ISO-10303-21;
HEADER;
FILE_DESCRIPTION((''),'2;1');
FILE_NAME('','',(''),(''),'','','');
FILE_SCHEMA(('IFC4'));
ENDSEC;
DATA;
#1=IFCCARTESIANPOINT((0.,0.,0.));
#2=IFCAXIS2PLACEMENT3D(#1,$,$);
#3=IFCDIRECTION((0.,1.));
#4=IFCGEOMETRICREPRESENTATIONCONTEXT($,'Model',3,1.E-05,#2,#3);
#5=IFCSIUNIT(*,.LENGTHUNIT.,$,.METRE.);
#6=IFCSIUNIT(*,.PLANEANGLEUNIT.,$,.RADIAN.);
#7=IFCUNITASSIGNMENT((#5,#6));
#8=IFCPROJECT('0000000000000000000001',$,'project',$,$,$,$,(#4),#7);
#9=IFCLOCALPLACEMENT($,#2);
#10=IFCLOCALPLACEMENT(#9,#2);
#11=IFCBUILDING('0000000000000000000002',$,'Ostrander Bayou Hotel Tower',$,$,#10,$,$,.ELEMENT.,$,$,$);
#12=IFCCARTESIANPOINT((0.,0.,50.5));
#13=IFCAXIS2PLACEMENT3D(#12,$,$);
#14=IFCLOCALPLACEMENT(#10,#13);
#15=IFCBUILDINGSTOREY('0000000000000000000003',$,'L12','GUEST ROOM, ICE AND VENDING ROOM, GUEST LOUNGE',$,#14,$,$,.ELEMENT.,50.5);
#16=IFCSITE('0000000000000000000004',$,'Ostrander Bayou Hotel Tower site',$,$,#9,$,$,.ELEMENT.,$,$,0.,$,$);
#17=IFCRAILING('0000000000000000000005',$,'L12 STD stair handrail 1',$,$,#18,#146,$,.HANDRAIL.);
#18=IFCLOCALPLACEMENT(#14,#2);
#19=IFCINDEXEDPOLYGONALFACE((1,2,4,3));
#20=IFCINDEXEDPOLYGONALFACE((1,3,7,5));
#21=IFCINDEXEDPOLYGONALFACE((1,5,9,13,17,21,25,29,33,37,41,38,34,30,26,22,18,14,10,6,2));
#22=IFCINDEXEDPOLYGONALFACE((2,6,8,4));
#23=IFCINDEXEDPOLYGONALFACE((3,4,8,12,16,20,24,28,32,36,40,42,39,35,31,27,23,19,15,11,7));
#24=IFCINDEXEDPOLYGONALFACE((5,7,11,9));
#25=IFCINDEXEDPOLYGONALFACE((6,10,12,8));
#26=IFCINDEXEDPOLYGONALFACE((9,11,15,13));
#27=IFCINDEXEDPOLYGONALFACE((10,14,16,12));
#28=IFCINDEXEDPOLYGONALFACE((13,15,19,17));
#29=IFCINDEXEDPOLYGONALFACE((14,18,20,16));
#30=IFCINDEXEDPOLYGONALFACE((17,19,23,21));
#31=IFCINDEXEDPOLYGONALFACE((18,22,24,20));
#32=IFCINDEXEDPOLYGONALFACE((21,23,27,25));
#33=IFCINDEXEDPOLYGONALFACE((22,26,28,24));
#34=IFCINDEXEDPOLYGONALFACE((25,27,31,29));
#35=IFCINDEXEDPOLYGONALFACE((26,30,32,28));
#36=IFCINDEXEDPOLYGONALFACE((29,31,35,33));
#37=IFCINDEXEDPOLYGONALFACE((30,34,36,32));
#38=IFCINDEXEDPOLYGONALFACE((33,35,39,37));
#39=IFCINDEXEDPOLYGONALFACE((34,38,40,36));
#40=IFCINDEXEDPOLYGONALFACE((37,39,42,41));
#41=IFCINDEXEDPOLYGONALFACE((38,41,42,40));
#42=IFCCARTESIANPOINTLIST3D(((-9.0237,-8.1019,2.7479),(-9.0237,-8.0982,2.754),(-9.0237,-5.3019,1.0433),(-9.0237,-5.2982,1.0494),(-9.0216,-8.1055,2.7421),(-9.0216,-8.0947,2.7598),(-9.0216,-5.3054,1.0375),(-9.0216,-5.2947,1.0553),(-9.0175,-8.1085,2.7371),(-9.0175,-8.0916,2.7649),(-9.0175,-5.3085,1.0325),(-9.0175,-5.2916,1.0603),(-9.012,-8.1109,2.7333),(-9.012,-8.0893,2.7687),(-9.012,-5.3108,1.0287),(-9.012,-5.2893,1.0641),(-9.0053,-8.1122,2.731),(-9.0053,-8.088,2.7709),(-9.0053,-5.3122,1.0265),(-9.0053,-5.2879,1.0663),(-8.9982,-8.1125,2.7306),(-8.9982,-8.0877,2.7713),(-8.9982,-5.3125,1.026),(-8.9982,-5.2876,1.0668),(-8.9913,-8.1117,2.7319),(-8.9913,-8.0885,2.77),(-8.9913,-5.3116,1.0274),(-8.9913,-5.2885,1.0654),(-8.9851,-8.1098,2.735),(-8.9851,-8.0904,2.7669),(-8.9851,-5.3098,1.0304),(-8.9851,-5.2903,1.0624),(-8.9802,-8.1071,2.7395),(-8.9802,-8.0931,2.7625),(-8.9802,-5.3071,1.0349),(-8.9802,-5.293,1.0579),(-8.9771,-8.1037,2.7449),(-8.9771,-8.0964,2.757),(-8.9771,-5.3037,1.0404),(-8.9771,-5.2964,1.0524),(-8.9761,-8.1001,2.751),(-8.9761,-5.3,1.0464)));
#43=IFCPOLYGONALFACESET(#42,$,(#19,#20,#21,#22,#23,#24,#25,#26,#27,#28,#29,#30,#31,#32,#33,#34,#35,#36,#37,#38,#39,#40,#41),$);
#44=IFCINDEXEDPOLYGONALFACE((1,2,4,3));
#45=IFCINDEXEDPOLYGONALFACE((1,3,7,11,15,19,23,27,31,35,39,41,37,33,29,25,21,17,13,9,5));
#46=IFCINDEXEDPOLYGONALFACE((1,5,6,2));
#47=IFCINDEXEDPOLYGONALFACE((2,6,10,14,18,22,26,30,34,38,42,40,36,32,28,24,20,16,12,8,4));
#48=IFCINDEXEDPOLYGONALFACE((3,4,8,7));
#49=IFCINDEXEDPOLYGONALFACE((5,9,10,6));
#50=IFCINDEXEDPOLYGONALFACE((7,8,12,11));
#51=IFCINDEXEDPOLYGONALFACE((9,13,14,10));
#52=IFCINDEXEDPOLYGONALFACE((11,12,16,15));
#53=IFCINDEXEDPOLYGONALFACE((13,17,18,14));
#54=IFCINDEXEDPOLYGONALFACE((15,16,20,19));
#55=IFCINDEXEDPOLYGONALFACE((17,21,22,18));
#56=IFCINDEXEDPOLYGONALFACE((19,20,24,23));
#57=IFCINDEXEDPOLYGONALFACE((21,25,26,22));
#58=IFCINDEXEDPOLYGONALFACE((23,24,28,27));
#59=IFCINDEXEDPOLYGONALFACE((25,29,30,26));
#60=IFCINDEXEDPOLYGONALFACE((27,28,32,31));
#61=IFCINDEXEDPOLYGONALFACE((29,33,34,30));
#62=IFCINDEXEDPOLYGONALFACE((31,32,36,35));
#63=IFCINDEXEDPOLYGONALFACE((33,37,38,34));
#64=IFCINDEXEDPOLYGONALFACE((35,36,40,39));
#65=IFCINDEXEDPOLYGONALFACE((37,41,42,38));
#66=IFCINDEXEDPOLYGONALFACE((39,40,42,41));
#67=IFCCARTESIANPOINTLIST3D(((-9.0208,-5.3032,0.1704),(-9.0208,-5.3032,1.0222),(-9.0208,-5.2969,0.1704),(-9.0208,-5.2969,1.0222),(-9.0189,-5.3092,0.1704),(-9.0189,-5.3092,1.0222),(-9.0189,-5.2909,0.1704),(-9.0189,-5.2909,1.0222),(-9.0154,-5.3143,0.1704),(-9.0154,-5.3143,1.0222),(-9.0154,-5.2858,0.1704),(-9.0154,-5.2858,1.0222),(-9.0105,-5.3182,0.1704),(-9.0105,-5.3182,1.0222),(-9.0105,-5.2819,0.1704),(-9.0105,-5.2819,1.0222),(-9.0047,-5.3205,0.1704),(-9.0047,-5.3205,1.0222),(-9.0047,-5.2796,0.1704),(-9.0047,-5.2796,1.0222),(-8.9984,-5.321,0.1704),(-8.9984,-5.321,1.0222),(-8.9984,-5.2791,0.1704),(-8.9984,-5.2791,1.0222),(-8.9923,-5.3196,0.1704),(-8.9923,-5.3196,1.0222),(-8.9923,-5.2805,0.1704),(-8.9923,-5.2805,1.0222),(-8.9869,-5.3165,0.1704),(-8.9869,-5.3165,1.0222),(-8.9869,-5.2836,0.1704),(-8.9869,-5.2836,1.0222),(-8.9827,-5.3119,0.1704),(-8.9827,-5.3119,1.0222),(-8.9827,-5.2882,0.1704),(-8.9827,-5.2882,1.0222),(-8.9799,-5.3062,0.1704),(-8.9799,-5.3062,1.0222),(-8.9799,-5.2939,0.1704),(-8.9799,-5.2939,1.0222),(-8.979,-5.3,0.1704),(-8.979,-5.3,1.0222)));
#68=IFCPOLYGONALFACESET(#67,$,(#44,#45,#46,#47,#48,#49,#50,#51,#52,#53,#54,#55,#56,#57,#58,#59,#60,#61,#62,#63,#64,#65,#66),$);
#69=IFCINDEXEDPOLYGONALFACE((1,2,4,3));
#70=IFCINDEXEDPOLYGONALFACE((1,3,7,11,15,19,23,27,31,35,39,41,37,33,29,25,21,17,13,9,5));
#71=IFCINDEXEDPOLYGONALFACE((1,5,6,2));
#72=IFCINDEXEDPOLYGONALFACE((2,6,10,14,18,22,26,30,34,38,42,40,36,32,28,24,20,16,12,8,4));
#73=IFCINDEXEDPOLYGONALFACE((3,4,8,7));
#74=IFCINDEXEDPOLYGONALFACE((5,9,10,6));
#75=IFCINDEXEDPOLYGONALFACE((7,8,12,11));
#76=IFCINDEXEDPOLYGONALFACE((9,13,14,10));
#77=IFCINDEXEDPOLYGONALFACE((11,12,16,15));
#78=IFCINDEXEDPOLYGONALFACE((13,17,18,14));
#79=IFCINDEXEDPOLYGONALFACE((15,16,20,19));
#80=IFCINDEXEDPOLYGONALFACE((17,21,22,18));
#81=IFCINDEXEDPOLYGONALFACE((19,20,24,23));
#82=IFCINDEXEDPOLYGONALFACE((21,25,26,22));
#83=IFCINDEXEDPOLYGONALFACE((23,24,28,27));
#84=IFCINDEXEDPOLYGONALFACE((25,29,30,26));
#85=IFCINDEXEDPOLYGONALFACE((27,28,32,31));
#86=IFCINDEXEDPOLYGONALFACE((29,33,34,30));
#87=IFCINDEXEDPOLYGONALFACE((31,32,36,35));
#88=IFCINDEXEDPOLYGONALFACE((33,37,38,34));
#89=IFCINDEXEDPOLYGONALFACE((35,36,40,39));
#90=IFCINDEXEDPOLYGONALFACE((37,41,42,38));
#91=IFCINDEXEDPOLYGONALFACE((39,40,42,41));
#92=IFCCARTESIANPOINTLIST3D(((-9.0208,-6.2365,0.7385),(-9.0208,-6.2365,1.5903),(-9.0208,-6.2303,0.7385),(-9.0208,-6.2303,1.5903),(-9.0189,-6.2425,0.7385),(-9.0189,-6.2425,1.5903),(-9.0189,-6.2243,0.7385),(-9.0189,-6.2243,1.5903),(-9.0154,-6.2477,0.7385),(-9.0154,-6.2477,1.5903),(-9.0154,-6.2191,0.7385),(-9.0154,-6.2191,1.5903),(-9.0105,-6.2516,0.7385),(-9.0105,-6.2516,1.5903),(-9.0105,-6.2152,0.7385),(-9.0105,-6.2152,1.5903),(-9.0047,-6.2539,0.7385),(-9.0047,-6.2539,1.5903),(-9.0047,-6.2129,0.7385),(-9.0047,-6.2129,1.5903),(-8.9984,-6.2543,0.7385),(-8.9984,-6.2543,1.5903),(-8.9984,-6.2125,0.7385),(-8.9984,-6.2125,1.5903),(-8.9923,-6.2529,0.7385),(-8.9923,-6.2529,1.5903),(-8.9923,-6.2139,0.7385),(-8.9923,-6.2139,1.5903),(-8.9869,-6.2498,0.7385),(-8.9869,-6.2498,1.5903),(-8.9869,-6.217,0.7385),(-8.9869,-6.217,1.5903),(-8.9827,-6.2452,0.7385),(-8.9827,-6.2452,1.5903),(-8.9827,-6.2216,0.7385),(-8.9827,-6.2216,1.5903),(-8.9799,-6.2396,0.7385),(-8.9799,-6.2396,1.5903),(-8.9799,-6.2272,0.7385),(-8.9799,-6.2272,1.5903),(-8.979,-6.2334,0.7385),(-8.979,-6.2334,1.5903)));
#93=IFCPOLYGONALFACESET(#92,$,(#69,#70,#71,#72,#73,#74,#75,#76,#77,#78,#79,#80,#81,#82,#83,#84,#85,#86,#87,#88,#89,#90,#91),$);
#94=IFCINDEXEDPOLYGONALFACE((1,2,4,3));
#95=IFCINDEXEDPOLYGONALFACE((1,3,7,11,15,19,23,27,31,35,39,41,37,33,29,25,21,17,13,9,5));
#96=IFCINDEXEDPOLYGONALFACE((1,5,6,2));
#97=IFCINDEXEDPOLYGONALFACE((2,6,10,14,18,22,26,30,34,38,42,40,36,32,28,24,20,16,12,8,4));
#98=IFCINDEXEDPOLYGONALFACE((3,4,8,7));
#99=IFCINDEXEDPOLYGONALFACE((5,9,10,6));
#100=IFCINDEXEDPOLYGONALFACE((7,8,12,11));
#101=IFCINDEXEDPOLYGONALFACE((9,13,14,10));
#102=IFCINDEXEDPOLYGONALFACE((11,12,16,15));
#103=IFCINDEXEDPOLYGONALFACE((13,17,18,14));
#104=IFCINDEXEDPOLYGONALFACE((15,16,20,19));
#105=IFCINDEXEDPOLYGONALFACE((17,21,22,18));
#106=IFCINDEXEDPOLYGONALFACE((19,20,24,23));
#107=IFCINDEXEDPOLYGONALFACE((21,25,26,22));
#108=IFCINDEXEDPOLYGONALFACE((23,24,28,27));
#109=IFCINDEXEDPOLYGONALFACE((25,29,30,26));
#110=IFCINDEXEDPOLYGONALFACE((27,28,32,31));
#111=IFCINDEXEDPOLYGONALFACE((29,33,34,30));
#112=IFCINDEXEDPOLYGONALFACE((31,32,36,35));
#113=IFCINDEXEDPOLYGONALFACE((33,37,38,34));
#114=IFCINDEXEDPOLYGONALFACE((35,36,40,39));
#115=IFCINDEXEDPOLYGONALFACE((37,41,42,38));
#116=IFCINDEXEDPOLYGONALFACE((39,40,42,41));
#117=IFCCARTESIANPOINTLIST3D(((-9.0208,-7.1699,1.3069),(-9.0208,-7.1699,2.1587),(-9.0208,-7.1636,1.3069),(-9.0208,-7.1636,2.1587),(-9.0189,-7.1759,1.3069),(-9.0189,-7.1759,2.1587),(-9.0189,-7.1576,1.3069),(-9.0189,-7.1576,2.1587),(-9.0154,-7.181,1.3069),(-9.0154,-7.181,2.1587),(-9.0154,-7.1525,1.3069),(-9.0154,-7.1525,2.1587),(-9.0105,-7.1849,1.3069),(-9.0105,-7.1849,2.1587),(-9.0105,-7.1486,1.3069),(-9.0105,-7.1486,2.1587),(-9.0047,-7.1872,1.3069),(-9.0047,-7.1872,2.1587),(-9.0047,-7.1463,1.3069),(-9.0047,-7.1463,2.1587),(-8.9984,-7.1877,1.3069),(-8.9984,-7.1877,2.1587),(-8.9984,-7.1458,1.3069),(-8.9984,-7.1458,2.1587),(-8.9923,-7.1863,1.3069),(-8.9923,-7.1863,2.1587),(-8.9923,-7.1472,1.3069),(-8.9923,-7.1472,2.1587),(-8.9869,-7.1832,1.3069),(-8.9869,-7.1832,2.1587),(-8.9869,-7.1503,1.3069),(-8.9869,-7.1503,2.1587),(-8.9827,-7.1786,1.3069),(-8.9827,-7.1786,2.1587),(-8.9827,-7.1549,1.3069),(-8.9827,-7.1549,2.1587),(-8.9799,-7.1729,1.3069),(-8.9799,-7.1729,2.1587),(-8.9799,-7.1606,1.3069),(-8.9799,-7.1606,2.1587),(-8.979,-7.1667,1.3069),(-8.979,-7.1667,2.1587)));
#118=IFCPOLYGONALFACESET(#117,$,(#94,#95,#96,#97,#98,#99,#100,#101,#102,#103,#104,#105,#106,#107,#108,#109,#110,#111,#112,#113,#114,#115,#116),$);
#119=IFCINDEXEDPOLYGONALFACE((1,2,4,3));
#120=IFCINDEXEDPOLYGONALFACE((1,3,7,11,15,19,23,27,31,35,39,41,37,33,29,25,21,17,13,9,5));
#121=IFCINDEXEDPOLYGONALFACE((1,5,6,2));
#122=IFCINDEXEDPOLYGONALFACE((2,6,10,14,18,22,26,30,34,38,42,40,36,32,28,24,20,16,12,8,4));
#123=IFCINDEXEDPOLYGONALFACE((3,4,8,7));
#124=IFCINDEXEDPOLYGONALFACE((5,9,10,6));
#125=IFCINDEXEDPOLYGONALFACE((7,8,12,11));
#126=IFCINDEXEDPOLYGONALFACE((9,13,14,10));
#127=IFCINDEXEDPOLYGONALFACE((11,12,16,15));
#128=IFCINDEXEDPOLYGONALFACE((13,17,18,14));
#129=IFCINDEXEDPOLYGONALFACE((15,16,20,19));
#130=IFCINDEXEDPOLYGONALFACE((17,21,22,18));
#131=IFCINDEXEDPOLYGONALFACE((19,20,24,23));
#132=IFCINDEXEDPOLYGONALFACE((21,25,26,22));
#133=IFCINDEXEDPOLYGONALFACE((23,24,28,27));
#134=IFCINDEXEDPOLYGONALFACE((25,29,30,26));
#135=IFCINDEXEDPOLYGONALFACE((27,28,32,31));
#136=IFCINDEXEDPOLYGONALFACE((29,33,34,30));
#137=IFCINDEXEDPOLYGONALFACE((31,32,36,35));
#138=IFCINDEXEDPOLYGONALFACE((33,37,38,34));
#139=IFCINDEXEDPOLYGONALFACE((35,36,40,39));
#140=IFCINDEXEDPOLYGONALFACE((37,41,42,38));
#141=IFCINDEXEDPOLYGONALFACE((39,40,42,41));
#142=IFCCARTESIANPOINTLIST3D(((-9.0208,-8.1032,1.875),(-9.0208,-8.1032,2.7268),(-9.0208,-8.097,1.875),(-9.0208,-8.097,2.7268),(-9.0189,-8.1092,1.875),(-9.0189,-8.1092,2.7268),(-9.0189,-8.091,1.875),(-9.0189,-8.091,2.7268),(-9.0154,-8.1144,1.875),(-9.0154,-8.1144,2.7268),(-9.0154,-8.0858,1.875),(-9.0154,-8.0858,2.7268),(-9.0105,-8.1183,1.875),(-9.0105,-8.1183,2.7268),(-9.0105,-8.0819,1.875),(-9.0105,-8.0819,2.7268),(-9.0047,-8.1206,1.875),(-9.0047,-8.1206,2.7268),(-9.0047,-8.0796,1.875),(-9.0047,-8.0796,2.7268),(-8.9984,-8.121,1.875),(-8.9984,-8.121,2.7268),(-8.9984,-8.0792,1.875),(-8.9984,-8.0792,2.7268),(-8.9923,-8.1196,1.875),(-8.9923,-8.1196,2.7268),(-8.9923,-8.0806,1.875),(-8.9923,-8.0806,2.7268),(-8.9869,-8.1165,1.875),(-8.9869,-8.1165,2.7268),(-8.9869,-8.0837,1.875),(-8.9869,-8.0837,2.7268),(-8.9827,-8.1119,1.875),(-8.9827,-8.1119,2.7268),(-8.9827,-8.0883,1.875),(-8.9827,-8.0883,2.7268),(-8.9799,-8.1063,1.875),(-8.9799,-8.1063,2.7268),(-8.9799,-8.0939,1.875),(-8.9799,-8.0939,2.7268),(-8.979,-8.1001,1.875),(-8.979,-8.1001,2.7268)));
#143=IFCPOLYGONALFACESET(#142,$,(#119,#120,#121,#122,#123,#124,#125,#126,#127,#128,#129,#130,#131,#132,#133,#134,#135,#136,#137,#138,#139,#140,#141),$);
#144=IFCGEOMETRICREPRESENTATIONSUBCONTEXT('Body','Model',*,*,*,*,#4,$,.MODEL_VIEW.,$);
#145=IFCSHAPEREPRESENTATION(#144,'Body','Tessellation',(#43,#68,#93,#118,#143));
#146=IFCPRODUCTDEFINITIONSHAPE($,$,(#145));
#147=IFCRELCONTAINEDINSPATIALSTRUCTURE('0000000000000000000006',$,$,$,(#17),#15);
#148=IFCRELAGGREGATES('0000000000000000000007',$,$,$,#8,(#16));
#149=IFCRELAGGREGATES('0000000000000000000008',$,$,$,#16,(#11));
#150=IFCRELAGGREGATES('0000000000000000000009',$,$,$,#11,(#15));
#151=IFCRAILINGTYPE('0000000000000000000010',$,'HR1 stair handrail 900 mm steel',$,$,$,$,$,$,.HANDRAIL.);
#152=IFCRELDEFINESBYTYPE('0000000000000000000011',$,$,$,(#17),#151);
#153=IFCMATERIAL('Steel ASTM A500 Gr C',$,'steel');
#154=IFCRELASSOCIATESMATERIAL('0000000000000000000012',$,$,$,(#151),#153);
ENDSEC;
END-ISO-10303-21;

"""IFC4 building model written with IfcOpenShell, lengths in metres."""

from ifc_helpers import new_model, si_unit, direction, frame, origin, origin_2d, place, context, subcontext, project, spatial, circle, extrude, material, type_object, element, save


model = new_model("IFC4")

# Units and contexts
model_context = context("Model", 3, precision=1e-05, world=origin(), true_north=direction((0.0, 1.0)))
body_context = subcontext(model_context, "Body", "Model", "MODEL_VIEW")
ifc_project = project(units=[si_unit("LENGTHUNIT", "METRE"), si_unit("PLANEANGLEUNIT", "RADIAN")], contexts=[model_context])

# Site, building, storey
site_placement = place(None, origin())
site = spatial("IfcSite", under=ifc_project, at=site_placement, Name="Ostrander Bayou Hotel Tower site", CompositionType="ELEMENT", RefElevation=0.0)
building_placement = place(site_placement, origin())
building = spatial("IfcBuilding", under=site, at=building_placement, Name="Ostrander Bayou Hotel Tower", CompositionType="ELEMENT")
storey_placement = place(building_placement, frame((0.0, 0.0, 50.5)))
storey = spatial("IfcBuildingStorey", under=building, at=storey_placement, Name="L12", Description="GUEST ROOM, ICE AND VENDING ROOM, GUEST LOUNGE", CompositionType="ELEMENT", Elevation=50.5)

# Railing
ifc_material_1 = material(Name="Steel ASTM A500 Gr C", Category="steel")
railing_type_1 = type_object("IfcRailingType", Name="HR1 stair handrail 900 mm steel", PredefinedType="HANDRAIL", material=ifc_material_1)
railing_1_placement = place(storey_placement, frame((-9.0, -5.3, 0.1704)))
element("IfcRailing", 1, at=railing_1_placement, inside=storey, type_object=railing_type_1, Name="L12 STD stair handrail 1", PredefinedType="HANDRAIL", context=body_context, shape_type="SweptSolid", body=[
    extrude(circle(Radius=0.0239, at=origin_2d()), frame((0.0, 0.0, 0.876), z_axis=(0.0, -0.85417, 0.519994), x_axis=(1.0, 0.0, 0.0)), (0.0, 0.0, 1.0), 3.2781),
    extrude(circle(Radius=0.021, at=origin_2d()), origin(), (0.0, 0.0, 1.0), 0.8518),
    extrude(circle(Radius=0.021, at=origin_2d()), frame((0.0, -0.9333, 0.5681)), (0.0, 0.0, 1.0), 0.8518),
    extrude(circle(Radius=0.021, at=origin_2d()), frame((0.0, -1.8667, 1.1365)), (0.0, 0.0, 1.0), 0.8518),
    extrude(circle(Radius=0.021, at=origin_2d()), frame((0.0, -2.8, 1.7046)), (0.0, 0.0, 1.0), 0.8518),
])

save(model, "model.ifc")
